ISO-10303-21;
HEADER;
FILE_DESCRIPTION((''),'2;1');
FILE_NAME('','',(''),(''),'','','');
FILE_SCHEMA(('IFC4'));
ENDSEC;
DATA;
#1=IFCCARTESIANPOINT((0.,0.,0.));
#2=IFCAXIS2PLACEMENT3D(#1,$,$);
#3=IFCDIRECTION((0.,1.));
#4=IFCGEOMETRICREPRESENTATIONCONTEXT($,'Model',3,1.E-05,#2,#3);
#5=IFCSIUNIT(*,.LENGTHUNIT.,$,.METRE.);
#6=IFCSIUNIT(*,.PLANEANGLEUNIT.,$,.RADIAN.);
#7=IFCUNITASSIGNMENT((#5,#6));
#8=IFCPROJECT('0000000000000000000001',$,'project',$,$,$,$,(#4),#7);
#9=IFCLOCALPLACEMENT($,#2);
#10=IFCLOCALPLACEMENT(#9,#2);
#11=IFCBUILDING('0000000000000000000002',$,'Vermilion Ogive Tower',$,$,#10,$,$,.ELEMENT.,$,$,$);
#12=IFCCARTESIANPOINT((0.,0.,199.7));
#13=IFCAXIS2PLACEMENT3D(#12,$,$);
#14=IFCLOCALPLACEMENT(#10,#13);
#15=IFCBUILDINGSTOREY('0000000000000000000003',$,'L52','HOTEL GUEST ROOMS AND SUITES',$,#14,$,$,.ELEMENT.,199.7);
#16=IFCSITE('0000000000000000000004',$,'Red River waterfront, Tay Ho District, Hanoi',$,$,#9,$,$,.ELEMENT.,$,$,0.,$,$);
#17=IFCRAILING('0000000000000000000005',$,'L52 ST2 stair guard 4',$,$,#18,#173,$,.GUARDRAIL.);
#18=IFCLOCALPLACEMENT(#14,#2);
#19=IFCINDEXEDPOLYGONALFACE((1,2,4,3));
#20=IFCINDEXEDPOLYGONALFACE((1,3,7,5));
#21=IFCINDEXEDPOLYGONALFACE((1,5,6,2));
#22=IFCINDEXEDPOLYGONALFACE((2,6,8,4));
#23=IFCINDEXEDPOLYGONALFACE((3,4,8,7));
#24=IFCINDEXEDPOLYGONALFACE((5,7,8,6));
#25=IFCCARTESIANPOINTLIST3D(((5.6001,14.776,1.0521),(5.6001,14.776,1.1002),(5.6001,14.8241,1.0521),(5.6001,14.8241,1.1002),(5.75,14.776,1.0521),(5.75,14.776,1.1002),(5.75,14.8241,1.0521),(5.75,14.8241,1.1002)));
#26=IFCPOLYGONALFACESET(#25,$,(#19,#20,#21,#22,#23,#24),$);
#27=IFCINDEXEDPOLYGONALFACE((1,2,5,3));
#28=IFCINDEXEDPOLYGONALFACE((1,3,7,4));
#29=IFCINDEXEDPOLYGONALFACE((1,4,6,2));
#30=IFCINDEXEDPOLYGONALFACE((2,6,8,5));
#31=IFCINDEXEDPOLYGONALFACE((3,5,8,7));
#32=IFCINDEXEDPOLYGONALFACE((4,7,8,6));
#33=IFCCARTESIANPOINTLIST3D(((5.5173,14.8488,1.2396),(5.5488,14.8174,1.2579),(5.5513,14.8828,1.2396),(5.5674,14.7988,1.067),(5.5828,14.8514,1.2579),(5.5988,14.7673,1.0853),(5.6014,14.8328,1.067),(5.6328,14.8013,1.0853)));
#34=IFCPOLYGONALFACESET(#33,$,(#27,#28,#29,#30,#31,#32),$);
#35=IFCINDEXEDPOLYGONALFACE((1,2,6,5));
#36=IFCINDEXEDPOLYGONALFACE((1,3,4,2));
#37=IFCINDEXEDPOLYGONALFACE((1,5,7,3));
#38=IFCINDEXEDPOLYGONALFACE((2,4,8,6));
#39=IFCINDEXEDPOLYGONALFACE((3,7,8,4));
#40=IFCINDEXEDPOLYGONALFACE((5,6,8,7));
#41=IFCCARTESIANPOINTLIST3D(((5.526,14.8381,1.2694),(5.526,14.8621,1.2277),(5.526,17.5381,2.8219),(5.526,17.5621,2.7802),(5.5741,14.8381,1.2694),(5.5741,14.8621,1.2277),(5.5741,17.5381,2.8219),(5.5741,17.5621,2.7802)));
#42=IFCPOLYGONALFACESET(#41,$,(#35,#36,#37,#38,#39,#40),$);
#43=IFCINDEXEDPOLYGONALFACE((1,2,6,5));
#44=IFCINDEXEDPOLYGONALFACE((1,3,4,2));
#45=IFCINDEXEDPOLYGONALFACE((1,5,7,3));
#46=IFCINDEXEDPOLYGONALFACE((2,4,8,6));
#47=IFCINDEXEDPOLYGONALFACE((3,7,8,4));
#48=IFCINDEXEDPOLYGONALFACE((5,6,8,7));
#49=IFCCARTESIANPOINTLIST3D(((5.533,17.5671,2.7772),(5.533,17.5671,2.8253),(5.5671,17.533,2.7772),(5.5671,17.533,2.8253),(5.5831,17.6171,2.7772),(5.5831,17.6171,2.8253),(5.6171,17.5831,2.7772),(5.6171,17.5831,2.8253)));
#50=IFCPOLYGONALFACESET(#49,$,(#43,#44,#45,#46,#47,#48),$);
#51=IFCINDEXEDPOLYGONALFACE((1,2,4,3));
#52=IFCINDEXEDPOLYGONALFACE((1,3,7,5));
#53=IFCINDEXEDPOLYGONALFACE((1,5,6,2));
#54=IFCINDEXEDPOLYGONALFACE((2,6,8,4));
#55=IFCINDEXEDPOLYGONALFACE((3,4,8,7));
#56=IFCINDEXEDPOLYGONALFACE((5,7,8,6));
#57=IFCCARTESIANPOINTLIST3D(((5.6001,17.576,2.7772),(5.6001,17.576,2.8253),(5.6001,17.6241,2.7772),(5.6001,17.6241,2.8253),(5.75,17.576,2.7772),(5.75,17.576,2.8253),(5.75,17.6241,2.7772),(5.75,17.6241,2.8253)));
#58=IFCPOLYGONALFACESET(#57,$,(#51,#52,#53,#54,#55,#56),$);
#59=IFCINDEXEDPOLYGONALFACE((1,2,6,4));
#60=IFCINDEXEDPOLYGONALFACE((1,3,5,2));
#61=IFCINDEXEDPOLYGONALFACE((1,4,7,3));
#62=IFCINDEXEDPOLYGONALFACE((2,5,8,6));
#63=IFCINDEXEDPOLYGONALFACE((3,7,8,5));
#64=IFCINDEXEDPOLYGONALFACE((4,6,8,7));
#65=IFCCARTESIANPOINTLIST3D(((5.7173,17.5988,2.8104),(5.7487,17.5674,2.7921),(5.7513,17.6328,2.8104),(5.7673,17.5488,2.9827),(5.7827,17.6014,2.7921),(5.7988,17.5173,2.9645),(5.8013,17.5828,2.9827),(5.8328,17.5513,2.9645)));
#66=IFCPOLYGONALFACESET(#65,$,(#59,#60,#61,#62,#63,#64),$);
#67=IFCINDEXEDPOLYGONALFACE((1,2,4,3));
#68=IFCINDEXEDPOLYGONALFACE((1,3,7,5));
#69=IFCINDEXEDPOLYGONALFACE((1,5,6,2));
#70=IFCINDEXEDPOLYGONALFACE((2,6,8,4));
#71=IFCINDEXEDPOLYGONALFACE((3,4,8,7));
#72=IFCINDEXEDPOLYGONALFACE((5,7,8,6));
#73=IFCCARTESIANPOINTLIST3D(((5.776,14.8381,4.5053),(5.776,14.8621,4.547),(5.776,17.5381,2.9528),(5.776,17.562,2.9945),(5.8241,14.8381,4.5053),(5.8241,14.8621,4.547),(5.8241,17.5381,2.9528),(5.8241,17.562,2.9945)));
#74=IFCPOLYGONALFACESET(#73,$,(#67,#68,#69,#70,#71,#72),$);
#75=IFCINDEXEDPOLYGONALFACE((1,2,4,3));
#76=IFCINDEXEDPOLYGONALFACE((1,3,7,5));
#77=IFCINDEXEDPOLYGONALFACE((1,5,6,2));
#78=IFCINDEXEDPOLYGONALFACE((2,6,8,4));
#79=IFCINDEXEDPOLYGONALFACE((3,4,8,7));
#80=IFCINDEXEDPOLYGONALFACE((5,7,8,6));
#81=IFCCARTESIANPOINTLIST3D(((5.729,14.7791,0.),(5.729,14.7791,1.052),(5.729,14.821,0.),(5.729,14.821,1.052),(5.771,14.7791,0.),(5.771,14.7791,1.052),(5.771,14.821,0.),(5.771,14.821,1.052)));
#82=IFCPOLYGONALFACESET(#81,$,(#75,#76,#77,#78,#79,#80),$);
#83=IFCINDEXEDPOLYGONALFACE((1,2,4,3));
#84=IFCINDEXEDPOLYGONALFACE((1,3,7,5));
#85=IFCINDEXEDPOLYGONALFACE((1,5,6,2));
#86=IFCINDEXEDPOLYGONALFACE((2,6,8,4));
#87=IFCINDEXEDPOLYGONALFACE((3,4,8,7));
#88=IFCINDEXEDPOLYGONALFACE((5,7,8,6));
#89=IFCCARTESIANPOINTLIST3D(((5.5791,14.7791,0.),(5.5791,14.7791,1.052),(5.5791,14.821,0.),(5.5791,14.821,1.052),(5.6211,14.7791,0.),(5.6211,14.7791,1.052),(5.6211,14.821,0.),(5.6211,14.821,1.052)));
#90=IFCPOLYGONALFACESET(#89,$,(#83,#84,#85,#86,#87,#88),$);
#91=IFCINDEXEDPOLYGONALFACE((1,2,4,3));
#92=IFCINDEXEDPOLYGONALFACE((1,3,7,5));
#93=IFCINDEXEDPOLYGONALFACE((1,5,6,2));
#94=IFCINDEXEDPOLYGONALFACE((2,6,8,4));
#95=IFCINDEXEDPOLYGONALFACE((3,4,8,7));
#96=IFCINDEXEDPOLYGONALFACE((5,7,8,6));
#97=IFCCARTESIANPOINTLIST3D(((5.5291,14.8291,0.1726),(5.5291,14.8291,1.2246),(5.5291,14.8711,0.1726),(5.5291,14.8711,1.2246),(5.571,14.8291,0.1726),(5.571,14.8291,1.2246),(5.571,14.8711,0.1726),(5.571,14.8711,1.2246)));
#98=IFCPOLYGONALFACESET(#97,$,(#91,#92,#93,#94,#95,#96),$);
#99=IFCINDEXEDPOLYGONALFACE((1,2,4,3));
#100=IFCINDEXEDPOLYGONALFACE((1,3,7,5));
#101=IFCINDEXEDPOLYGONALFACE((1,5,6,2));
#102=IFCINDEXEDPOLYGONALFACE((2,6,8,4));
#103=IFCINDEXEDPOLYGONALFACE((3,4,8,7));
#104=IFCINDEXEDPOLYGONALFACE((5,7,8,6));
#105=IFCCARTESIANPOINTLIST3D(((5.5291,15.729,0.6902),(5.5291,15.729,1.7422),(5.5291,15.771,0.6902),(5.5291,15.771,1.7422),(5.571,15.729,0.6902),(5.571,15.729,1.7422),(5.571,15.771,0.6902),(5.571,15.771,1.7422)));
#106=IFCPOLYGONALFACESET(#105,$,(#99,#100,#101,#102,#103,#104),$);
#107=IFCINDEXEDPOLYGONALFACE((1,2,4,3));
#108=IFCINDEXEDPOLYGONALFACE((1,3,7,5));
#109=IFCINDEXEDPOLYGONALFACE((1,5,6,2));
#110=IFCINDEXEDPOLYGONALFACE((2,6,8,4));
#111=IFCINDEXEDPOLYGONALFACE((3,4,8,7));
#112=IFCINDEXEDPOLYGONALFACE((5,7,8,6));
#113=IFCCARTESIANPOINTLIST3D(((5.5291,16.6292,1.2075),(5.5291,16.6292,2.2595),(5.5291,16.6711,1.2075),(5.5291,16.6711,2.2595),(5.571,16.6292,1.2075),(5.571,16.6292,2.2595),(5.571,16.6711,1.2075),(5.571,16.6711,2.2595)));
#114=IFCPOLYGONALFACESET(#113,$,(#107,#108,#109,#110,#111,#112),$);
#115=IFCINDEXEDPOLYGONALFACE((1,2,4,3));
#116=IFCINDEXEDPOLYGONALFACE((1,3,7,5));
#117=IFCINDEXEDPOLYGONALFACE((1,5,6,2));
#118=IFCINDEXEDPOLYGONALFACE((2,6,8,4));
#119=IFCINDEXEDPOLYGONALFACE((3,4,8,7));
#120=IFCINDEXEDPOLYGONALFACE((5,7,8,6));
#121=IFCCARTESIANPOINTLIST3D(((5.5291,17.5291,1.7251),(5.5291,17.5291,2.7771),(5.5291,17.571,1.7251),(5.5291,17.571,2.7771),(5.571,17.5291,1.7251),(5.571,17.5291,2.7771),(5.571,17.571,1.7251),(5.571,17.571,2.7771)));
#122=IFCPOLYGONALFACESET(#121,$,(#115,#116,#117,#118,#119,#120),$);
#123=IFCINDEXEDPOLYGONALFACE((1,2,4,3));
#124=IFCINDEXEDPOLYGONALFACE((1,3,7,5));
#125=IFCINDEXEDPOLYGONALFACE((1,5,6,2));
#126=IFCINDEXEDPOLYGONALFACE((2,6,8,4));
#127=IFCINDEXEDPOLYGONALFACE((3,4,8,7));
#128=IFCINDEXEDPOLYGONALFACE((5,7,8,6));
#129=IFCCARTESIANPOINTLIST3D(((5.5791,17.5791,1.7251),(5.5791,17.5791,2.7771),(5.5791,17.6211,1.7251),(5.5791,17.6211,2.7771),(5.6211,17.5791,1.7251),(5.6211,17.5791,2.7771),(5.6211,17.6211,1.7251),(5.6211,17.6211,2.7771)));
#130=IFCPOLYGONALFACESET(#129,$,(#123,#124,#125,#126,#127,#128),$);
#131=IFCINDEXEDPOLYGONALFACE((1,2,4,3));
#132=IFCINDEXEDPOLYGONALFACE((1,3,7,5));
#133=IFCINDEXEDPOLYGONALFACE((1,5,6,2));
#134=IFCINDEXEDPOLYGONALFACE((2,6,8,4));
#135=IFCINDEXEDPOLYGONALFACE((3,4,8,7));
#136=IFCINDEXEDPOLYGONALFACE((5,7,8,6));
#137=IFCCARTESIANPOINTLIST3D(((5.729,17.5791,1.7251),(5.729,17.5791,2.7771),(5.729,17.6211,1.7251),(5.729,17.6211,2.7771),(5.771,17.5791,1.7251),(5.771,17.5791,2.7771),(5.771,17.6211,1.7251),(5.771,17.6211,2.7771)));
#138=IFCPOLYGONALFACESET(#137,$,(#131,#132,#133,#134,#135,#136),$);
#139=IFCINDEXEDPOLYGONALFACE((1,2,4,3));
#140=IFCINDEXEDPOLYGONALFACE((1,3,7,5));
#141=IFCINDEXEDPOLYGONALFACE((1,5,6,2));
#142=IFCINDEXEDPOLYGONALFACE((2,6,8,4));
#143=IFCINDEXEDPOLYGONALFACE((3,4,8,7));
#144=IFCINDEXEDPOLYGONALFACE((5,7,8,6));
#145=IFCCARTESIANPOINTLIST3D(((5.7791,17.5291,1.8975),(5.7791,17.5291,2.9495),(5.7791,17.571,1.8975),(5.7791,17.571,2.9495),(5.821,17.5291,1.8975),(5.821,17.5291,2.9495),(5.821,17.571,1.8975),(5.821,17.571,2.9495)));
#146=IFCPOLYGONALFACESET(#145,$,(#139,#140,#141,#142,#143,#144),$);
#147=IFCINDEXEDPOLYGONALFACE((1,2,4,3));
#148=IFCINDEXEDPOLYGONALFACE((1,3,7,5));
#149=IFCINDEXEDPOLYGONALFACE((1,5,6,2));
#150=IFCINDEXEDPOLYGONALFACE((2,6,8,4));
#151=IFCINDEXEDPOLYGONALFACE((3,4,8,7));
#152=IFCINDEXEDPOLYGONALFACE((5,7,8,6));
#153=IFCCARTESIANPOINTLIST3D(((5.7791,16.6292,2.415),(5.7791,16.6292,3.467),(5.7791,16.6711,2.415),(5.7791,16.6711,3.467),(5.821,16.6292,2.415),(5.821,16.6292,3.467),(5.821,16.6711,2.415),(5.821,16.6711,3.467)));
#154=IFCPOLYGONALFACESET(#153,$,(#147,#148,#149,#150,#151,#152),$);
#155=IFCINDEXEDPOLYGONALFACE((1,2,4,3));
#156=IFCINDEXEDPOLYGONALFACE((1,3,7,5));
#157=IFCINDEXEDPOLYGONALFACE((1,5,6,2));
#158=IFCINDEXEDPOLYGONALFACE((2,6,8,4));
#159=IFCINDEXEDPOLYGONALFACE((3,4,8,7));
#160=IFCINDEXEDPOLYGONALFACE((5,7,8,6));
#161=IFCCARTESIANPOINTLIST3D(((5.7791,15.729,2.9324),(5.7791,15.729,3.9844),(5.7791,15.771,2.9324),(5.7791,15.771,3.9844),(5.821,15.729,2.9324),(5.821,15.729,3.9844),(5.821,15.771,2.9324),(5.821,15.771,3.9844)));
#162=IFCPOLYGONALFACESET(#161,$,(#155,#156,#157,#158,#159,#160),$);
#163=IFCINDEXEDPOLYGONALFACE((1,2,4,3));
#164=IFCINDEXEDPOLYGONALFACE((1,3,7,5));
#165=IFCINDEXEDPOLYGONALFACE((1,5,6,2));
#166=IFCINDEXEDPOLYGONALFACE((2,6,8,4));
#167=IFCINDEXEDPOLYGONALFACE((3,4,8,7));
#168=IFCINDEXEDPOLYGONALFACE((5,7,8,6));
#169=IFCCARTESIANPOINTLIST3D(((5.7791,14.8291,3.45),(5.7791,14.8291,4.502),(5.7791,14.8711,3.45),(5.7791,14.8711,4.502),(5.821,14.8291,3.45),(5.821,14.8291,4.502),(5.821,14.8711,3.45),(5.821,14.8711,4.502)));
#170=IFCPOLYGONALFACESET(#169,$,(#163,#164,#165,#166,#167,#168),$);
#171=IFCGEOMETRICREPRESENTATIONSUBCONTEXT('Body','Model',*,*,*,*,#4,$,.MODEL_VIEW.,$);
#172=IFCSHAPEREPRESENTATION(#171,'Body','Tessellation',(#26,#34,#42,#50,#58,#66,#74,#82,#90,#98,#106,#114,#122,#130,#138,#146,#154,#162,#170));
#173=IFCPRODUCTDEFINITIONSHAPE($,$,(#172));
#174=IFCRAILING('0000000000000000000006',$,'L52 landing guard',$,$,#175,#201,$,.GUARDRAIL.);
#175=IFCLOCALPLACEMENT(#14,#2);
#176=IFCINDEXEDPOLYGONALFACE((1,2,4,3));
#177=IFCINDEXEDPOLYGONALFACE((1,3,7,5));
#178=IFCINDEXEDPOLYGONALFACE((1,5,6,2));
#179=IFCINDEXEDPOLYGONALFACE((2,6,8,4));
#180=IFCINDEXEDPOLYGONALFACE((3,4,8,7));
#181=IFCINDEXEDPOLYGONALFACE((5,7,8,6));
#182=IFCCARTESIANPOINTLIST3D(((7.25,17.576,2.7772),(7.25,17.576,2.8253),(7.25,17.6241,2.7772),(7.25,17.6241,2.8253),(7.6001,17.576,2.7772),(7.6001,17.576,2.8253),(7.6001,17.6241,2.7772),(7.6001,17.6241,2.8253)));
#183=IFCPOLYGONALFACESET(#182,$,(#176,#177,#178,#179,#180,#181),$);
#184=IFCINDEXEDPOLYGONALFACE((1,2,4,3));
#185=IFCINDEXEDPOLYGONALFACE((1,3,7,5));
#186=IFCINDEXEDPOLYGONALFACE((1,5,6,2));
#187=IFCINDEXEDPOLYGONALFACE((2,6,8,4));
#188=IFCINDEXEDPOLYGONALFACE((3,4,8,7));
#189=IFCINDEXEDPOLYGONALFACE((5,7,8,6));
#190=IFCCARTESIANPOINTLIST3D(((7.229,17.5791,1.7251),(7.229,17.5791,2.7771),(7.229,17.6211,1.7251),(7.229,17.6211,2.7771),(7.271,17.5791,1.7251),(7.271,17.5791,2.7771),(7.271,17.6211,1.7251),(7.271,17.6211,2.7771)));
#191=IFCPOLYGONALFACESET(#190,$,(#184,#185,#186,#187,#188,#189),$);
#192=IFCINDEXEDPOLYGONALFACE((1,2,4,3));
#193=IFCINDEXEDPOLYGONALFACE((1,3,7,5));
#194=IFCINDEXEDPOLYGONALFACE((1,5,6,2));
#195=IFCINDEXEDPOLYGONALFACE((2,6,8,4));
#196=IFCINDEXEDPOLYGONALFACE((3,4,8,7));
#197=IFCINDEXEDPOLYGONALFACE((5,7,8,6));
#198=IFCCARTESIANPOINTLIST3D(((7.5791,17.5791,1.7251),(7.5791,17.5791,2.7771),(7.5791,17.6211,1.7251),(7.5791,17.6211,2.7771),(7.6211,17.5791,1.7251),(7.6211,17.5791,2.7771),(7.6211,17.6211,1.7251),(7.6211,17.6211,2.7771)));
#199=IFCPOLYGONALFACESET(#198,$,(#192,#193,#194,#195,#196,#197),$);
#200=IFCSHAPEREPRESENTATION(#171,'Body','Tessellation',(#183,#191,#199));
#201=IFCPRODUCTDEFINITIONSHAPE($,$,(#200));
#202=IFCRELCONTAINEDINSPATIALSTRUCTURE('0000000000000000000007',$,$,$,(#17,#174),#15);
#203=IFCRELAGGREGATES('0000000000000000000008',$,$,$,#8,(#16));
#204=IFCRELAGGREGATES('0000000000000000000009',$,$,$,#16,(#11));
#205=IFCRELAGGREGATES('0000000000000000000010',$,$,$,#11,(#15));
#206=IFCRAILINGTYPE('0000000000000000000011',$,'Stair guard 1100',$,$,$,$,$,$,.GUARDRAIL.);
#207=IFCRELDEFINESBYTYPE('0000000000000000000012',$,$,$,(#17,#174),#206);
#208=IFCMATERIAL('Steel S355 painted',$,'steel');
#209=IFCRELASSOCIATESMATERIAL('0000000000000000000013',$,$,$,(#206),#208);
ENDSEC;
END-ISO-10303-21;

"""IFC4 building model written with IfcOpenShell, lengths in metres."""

from ifc_helpers import new_model, si_unit, direction, frame, origin, origin_2d, place, context, subcontext, project, spatial, rectangle, extrude, material, type_object, element, save


model = new_model("IFC4")

# Units and contexts
model_context = context("Model", 3, precision=1e-05, world=origin(), true_north=direction((0.0, 1.0)))
body_context = subcontext(model_context, "Body", "Model", "MODEL_VIEW")
ifc_project = project(units=[si_unit("LENGTHUNIT", "METRE"), si_unit("PLANEANGLEUNIT", "RADIAN")], contexts=[model_context])

# Site, building, storey
site_placement = place(None, origin())
site = spatial("IfcSite", under=ifc_project, at=site_placement, Name="Red River waterfront, Tay Ho District, Hanoi", CompositionType="ELEMENT", RefElevation=0.0)
building_placement = place(site_placement, origin())
building = spatial("IfcBuilding", under=site, at=building_placement, Name="Vermilion Ogive Tower", CompositionType="ELEMENT")
storey_placement = place(building_placement, frame((0.0, 0.0, 199.7)))
storey = spatial("IfcBuildingStorey", under=building, at=storey_placement, Name="L52", Description="HOTEL GUEST ROOMS AND SUITES", CompositionType="ELEMENT", Elevation=199.7)

# Railings
ifc_material_1 = material(Name="Steel S355 painted", Category="steel")
railing_type_1 = type_object("IfcRailingType", Name="Stair guard 1100", PredefinedType="GUARDRAIL", material=ifc_material_1)
railing_1_placement = place(storey_placement, frame((5.75, 14.8, 0.0)))
element("IfcRailing", 1, at=railing_1_placement, inside=storey, type_object=railing_type_1, Name="L52 ST2 stair guard 4", PredefinedType="GUARDRAIL", context=body_context, shape_type="SweptSolid", body=[
    extrude(rectangle(XDim=0.0481, YDim=0.0481, at=origin_2d()), frame((0.0, 0.0, 1.0762), z_axis=(-1.0, 0.0, 0.0), x_axis=(0.0, -1.0, 0.0)), (0.0, 0.0, 1.0), 0.1499),
    extrude(rectangle(XDim=0.0481, YDim=0.0481, at=origin_2d()), frame((-0.1499, 0.0, 1.0762), z_axis=(-0.268278, 0.268278, 0.925232), x_axis=(-0.707107, -0.707107, 0.0)), (0.0, 0.0, 1.0), 0.1865),
    extrude(rectangle(XDim=0.0481, YDim=0.0481, at=origin_2d()), frame((-0.2, 0.05, 1.2485), z_axis=(0.0, 0.866904, 0.498476), x_axis=(-1.0, 0.0, 0.0)), (0.0, 0.0, 1.0), 3.1145),
    extrude(rectangle(XDim=0.0481, YDim=0.0481, at=origin_2d()), frame((-0.2, 2.75, 2.8013), z_axis=(0.707107, 0.707107, 0.0), x_axis=(-0.707107, 0.707107, 0.0)), (0.0, 0.0, 1.0), 0.0708),
    extrude(rectangle(XDim=0.0481, YDim=0.0481, at=origin_2d()), frame((-0.1499, 2.8, 2.8013), z_axis=(1.0, 0.0, 0.0), x_axis=(0.0, 1.0, 0.0)), (0.0, 0.0, 1.0), 0.1499),
    extrude(rectangle(XDim=0.0481, YDim=0.0481, at=origin_2d()), frame((0.0, 2.8, 2.8013), z_axis=(0.268603, -0.268603, 0.925043), x_axis=(0.707107, 0.707107, 0.0)), (0.0, 0.0, 1.0), 0.1863),
    extrude(rectangle(XDim=0.0481, YDim=0.0481, at=origin_2d()), frame((0.05, 2.75, 2.9736), z_axis=(0.0, -0.866904, 0.498476), x_axis=(1.0, 0.0, 0.0)), (0.0, 0.0, 1.0), 3.1145),
    extrude(rectangle(XDim=0.042, YDim=0.042, at=origin_2d()), origin(), (0.0, 0.0, 1.0), 1.052),
    extrude(rectangle(XDim=0.042, YDim=0.042, at=origin_2d()), frame((-0.1499, 0.0, 0.0)), (0.0, 0.0, 1.0), 1.052),
    extrude(rectangle(XDim=0.042, YDim=0.042, at=origin_2d()), frame((-0.2, 0.05, 0.1726)), (0.0, 0.0, 1.0), 1.052),
    extrude(rectangle(XDim=0.042, YDim=0.042, at=origin_2d()), frame((-0.2, 0.95, 0.6902)), (0.0, 0.0, 1.0), 1.052),
    extrude(rectangle(XDim=0.042, YDim=0.042, at=origin_2d()), frame((-0.2, 1.8501, 1.2075)), (0.0, 0.0, 1.0), 1.052),
    extrude(rectangle(XDim=0.042, YDim=0.042, at=origin_2d()), frame((-0.2, 2.75, 1.7251)), (0.0, 0.0, 1.0), 1.052),
    extrude(rectangle(XDim=0.042, YDim=0.042, at=origin_2d()), frame((-0.1499, 2.8, 1.7251)), (0.0, 0.0, 1.0), 1.052),
    extrude(rectangle(XDim=0.042, YDim=0.042, at=origin_2d()), frame((0.0, 2.8, 1.7251)), (0.0, 0.0, 1.0), 1.052),
    extrude(rectangle(XDim=0.042, YDim=0.042, at=origin_2d()), frame((0.05, 2.75, 1.8975)), (0.0, 0.0, 1.0), 1.052),
    extrude(rectangle(XDim=0.042, YDim=0.042, at=origin_2d()), frame((0.05, 1.8501, 2.415)), (0.0, 0.0, 1.0), 1.052),
    extrude(rectangle(XDim=0.042, YDim=0.042, at=origin_2d()), frame((0.05, 0.95, 2.9324)), (0.0, 0.0, 1.0), 1.052),
    extrude(rectangle(XDim=0.042, YDim=0.042, at=origin_2d()), frame((0.05, 0.05, 3.45)), (0.0, 0.0, 1.0), 1.052),
])
railing_2_placement = place(storey_placement, frame((7.25, 17.6001, 1.7251)))
element("IfcRailing", 2, at=railing_2_placement, inside=storey, type_object=railing_type_1, Name="L52 landing guard", PredefinedType="GUARDRAIL", context=body_context, shape_type="SweptSolid", body=[
    extrude(rectangle(XDim=0.0481, YDim=0.0481, at=origin_2d()), frame((0.0, 0.0, 1.0762), z_axis=(1.0, 0.0, 0.0), x_axis=(0.0, 1.0, 0.0)), (0.0, 0.0, 1.0), 0.3501),
    extrude(rectangle(XDim=0.042, YDim=0.042, at=origin_2d()), origin(), (0.0, 0.0, 1.0), 1.052),
    extrude(rectangle(XDim=0.042, YDim=0.042, at=origin_2d()), frame((0.3501, 0.0, 0.0)), (0.0, 0.0, 1.0), 1.052),
])

save(model, "model.ifc")
